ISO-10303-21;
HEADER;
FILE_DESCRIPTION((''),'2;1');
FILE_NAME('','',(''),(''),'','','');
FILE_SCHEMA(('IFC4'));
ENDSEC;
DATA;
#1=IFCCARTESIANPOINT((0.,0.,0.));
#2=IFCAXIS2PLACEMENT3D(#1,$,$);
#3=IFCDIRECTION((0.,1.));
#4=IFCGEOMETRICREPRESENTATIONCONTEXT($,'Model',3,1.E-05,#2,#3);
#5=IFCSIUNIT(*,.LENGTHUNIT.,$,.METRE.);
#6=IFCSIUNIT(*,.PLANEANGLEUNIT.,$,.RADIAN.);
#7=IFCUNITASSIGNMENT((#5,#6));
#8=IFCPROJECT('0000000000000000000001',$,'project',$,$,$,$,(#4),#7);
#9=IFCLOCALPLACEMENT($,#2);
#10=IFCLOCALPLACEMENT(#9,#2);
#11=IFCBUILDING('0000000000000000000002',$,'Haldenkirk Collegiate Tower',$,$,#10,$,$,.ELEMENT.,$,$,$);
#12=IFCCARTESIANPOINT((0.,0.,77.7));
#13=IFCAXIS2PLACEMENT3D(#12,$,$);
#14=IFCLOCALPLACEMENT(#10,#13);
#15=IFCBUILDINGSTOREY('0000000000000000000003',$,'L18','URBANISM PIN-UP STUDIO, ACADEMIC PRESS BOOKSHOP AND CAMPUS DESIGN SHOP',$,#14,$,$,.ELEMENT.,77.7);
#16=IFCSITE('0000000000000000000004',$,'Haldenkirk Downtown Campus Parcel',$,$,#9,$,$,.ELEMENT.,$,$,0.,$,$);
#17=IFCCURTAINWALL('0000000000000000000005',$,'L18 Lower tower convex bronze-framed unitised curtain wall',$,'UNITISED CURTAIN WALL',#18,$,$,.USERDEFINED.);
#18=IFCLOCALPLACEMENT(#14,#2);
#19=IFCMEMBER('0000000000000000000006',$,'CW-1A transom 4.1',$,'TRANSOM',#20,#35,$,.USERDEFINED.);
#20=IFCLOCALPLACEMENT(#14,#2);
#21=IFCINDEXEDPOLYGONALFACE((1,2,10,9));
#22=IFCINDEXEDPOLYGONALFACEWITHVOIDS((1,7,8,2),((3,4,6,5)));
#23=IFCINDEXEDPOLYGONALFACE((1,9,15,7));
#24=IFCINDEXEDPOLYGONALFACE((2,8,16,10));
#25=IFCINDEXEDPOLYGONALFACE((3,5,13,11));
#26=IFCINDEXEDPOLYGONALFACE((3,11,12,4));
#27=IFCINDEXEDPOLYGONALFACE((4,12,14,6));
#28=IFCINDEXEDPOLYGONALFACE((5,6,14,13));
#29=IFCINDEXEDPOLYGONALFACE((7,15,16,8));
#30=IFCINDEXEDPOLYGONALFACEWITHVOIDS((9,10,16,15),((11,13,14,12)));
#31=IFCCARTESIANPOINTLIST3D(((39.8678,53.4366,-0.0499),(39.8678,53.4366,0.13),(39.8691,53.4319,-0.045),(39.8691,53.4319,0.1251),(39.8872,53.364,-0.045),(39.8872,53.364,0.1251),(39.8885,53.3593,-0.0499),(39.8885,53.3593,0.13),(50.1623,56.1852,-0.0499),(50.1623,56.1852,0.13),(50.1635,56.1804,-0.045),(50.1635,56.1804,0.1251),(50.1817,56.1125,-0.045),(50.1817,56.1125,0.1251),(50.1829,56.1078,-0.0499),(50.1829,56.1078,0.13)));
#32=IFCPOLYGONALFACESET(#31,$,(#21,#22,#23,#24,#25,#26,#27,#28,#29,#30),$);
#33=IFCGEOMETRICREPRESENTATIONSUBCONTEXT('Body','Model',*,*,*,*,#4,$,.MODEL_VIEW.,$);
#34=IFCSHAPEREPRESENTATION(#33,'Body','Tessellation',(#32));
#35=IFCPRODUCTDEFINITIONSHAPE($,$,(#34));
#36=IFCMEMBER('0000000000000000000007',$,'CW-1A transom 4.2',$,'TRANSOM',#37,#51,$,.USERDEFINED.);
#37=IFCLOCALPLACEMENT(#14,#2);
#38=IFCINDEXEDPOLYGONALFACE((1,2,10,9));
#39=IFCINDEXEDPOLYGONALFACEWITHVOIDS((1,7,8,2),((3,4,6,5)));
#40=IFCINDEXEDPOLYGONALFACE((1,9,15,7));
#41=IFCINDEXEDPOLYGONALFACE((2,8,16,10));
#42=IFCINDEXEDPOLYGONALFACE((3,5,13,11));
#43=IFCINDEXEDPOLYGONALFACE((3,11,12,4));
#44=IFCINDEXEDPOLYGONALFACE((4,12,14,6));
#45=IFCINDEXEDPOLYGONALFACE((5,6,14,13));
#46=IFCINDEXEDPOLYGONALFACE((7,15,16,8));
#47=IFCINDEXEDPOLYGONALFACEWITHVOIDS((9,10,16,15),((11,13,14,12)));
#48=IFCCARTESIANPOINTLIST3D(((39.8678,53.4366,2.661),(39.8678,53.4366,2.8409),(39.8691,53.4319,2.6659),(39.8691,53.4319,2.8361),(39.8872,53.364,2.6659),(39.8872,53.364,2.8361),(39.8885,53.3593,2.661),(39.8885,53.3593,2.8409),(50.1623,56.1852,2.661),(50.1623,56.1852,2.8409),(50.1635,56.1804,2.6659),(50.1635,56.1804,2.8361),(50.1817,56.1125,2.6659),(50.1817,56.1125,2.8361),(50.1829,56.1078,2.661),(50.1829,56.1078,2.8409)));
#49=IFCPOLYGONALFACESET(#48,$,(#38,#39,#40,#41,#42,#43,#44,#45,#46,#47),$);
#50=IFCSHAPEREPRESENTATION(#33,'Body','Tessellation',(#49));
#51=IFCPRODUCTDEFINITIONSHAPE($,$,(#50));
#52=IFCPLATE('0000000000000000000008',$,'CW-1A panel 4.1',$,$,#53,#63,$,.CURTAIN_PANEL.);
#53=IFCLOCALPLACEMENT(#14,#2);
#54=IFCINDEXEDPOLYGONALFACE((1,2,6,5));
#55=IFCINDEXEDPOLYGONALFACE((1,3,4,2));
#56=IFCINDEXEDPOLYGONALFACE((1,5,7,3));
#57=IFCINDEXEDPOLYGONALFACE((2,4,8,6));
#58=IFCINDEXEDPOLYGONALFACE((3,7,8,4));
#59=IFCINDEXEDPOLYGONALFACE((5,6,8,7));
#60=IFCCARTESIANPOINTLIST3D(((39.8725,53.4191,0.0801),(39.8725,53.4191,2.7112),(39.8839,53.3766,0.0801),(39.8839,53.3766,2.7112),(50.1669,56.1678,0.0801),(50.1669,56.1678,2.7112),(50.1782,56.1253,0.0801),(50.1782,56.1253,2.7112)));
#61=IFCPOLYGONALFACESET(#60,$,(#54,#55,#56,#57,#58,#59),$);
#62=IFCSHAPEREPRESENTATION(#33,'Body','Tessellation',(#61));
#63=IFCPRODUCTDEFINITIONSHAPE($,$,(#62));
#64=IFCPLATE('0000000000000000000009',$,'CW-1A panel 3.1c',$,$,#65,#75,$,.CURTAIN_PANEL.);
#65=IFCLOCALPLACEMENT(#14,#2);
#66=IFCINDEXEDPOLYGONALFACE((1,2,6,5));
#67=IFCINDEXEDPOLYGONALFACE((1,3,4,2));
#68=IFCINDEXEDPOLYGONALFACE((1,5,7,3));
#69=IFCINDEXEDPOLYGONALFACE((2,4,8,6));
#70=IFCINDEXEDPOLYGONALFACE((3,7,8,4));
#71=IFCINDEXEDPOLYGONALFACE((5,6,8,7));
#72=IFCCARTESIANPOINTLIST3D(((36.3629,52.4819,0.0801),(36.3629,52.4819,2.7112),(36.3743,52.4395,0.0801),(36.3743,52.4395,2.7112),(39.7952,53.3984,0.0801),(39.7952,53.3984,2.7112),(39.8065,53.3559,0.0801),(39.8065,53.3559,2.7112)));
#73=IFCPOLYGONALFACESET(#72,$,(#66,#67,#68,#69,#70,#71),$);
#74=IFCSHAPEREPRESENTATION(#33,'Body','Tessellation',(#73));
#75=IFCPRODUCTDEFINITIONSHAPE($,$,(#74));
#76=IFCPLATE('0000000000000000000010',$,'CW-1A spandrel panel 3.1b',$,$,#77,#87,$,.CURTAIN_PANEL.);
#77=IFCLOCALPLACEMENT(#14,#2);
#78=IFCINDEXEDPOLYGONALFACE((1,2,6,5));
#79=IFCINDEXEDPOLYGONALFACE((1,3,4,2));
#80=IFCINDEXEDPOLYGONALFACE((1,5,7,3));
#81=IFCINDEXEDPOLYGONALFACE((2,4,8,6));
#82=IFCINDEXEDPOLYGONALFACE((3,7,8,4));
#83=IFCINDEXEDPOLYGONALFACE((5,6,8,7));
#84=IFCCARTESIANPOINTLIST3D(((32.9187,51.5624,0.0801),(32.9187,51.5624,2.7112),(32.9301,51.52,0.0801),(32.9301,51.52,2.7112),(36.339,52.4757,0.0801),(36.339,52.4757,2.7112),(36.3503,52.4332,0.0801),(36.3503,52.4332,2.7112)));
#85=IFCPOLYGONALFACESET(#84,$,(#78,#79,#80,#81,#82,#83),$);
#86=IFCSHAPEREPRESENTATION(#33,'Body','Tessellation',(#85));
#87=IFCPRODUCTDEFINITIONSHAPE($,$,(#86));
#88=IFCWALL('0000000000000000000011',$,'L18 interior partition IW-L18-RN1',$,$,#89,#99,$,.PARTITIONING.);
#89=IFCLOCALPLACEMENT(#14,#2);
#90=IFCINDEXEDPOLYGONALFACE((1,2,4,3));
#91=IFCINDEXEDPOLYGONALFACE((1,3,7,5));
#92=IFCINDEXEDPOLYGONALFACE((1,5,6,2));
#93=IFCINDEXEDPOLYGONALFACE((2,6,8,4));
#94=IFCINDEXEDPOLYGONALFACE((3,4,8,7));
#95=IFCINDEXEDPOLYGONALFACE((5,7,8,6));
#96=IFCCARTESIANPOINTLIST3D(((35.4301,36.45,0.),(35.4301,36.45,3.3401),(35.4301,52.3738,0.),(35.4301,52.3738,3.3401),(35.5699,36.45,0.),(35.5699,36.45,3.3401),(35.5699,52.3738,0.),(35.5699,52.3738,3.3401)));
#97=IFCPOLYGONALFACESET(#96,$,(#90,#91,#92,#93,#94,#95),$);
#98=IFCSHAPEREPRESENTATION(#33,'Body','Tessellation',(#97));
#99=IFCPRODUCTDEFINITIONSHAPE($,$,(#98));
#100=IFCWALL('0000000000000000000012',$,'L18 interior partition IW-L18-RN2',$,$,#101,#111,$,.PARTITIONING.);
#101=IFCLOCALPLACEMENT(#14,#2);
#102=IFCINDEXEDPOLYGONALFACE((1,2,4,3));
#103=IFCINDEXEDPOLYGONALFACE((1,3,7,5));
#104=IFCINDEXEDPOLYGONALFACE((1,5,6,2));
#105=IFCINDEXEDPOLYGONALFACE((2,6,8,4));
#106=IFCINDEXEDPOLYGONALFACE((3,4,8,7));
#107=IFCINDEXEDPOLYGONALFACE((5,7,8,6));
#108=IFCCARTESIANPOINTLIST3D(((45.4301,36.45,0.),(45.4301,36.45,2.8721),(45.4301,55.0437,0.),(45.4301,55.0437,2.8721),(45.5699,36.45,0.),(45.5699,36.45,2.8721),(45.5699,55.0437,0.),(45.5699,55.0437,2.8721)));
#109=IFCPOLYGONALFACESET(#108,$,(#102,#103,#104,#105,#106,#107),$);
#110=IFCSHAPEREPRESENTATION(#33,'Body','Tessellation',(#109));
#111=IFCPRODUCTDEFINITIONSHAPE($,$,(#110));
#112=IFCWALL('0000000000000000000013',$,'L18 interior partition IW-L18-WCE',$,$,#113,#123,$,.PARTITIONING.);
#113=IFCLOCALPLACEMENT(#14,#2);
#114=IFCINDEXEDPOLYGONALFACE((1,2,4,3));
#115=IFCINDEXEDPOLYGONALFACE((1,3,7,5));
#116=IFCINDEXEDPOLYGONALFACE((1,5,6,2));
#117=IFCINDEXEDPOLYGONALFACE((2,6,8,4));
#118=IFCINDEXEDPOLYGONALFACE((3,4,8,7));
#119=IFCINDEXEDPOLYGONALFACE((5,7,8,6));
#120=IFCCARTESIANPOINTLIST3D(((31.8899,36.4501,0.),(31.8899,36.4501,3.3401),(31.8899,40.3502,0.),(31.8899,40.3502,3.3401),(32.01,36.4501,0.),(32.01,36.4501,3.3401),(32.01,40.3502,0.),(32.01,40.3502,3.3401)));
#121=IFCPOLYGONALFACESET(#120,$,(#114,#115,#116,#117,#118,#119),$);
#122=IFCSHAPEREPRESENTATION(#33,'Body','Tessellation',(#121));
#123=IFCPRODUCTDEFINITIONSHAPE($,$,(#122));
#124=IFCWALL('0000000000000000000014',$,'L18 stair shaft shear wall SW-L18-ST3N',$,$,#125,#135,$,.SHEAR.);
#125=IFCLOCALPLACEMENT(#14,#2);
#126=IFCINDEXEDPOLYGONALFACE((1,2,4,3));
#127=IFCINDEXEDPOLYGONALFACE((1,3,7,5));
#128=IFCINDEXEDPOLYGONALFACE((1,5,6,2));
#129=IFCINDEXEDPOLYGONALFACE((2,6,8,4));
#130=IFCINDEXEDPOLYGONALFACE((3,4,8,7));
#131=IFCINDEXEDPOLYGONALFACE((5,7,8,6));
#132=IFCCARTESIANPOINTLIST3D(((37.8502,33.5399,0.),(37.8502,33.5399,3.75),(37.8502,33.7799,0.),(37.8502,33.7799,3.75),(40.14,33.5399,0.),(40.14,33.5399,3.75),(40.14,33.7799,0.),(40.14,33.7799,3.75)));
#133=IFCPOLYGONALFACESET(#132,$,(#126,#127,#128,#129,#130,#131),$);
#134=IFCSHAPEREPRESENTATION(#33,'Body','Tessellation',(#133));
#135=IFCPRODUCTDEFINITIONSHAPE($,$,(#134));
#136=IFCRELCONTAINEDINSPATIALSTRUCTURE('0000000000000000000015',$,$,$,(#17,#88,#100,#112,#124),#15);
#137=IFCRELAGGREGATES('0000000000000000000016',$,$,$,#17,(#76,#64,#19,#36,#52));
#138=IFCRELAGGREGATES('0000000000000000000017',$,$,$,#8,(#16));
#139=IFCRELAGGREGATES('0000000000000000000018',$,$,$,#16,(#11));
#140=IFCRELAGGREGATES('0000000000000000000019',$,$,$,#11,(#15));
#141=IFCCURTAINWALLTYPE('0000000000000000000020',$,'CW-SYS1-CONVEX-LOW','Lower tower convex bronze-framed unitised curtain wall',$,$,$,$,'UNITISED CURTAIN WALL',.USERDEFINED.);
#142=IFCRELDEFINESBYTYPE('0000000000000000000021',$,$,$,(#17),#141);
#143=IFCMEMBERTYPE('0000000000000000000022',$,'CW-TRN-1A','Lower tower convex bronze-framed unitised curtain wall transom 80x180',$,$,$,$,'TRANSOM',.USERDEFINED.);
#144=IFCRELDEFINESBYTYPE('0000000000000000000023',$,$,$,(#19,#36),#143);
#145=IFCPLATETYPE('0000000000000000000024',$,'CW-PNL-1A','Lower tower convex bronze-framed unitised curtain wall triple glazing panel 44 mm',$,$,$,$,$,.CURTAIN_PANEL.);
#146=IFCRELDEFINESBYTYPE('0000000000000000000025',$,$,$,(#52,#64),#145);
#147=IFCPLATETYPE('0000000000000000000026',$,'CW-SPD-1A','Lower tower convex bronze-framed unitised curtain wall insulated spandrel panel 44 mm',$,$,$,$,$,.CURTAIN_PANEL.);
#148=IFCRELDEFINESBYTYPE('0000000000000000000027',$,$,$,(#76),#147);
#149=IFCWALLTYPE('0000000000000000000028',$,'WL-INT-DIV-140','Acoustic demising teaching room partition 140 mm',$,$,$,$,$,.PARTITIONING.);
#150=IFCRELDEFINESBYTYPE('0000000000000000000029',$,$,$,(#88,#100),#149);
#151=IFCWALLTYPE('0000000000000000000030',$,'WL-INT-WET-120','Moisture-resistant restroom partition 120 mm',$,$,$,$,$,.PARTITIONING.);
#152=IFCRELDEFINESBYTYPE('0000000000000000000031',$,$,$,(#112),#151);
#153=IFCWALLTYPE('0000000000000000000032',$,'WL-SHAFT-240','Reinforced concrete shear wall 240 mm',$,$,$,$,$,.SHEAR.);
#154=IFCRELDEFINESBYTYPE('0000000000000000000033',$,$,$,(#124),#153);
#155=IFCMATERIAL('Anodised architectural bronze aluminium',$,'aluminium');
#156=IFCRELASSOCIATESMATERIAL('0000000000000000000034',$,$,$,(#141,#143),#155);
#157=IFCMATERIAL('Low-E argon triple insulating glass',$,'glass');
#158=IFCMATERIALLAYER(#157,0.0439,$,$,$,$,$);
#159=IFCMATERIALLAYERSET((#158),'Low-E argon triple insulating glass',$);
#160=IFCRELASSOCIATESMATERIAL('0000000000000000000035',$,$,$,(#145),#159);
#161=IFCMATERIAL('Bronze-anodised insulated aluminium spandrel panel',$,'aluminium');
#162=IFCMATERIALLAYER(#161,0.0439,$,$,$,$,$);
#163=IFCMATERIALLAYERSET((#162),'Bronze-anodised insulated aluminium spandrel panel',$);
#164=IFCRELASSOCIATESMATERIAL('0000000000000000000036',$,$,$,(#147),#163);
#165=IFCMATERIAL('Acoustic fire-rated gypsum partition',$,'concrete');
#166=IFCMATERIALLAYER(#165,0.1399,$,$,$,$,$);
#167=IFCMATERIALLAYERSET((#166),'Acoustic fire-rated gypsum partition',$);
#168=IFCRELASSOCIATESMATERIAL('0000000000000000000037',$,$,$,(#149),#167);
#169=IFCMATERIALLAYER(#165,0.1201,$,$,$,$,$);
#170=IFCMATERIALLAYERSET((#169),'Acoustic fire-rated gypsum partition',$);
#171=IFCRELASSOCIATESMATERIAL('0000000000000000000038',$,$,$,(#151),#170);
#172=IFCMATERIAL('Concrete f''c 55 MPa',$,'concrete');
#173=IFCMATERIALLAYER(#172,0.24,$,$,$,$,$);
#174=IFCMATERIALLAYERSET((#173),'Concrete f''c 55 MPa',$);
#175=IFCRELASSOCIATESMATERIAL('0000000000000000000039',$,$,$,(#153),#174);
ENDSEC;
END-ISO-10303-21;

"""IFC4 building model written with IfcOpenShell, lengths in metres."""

from ifc_helpers import new_model, si_unit, direction, frame, frame_2d, origin, origin_2d, place, context, subcontext, project, spatial, rectangle, hollow_rectangle, extrude, source, transform, mapped, material, layer, layer_set, material_profile, profile_set, type_object, element, aggregate, save


model = new_model("IFC4")

# Units and contexts
model_context = context("Model", 3, precision=1e-05, world=origin(), true_north=direction((0.0, 1.0)))
body_context = subcontext(model_context, "Body", "Model", "MODEL_VIEW")
ifc_project = project(units=[si_unit("LENGTHUNIT", "METRE"), si_unit("PLANEANGLEUNIT", "RADIAN")], contexts=[model_context])

# Site, building, storey
site_placement = place(None, origin())
site = spatial("IfcSite", under=ifc_project, at=site_placement, Name="Haldenkirk Downtown Campus Parcel", CompositionType="ELEMENT", RefElevation=0.0)
building_placement = place(site_placement, origin())
building = spatial("IfcBuilding", under=site, at=building_placement, Name="Haldenkirk Collegiate Tower", CompositionType="ELEMENT")
storey_placement = place(building_placement, frame((0.0, 0.0, 77.7)))
storey = spatial("IfcBuildingStorey", under=building, at=storey_placement, Name="L18", Description="URBANISM PIN-UP STUDIO, ACADEMIC PRESS BOOKSHOP AND CAMPUS DESIGN SHOP", CompositionType="ELEMENT", Elevation=77.7)

# Curtain wall, members, plates
ifc_material_1 = material(Name="Anodised architectural bronze aluminium", Category="aluminium")
curtain_wall_type = type_object("IfcCurtainWallType", Name="CW-SYS1-CONVEX-LOW", Description="Lower tower convex bronze-framed unitised curtain wall", ElementType="UNITISED CURTAIN WALL", PredefinedType="USERDEFINED", material=ifc_material_1)
curtain_wall_placement = place(storey_placement, origin())
curtain_wall = element("IfcCurtainWall", 1, at=curtain_wall_placement, inside=storey, type_object=curtain_wall_type, Name="L18 Lower tower convex bronze-framed unitised curtain wall", ObjectType="UNITISED CURTAIN WALL", PredefinedType="USERDEFINED")
ifc_material_profile_1 = material_profile(ifc_material_1, hollow_rectangle(XDim=0.0801, YDim=0.1799, WallThickness=0.0049, at=origin_2d()), Name="CW-TRN-1A")
ifc_profile_set_1 = profile_set([ifc_material_profile_1], Name="Anodised architectural bronze aluminium")
member_type_1 = type_object("IfcMemberType", Name="CW-TRN-1A", Description="Lower tower convex bronze-framed unitised curtain wall transom 80x180", ElementType="TRANSOM", PredefinedType="USERDEFINED", material=ifc_profile_set_1)
member_1_placement = place(storey_placement, frame((39.8782, 53.3979, 0.04), z_axis=(0.966157, 0.257956, 0.0), x_axis=(-0.257956, 0.966157, 0.0)))
member_1 = element("IfcMember", 2, at=member_1_placement, type_object=member_type_1, Name="CW-1A transom 4.1", ObjectType="TRANSOM", PredefinedType="USERDEFINED", context=body_context, shape_type="SweptSolid", body=[
    extrude(hollow_rectangle(XDim=0.0801, YDim=0.1799, WallThickness=0.0049, at=origin_2d()), origin(), (0.0, 0.0, 1.0), 10.655),
])
member_2_placement = place(storey_placement, frame((39.8782, 53.3979, 2.751), z_axis=(0.966157, 0.257956, 0.0), x_axis=(-0.257956, 0.966157, 0.0)))
member_2 = element("IfcMember", 3, at=member_2_placement, type_object=member_type_1, Name="CW-1A transom 4.2", ObjectType="TRANSOM", PredefinedType="USERDEFINED", context=body_context, shape_type="SweptSolid", body=[
    extrude(hollow_rectangle(XDim=0.0801, YDim=0.1799, WallThickness=0.0049, at=origin_2d()), origin(), (0.0, 0.0, 1.0), 10.655),
])
ifc_material_2 = material(Name="Low-E argon triple insulating glass", Category="glass")
ifc_layer_1 = layer(ifc_material_2, 0.0439)
ifc_layer_set_1 = layer_set([ifc_layer_1], Name="Low-E argon triple insulating glass")
plate_type_1 = type_object("IfcPlateType", Name="CW-PNL-1A", Description="Lower tower convex bronze-framed unitised curtain wall triple glazing panel 44 mm", PredefinedType="CURTAIN_PANEL", material=ifc_layer_set_1)
shared_shape_1 = source(origin(), body_context, "Body", "SweptSolid", [
    extrude(rectangle(XDim=10.655, YDim=0.0439, at=origin_2d()), origin(), (0.0, 0.0, 1.0), 2.6311),
])
plate_1_placement = place(storey_placement, frame((45.0254, 54.7722, 0.0801), z_axis=(0.0, 0.0, 1.0), x_axis=(0.966152, 0.257974, 0.0)))
plate_1 = element("IfcPlate", 4, at=plate_1_placement, type_object=plate_type_1, Name="CW-1A panel 4.1", PredefinedType="CURTAIN_PANEL", context=body_context, shape_type="MappedRepresentation", body=[
    mapped(shared_shape_1, transform((0.0, 0.0, 0.0), x_axis=(1.0, 0.0, 0.0), y_axis=(0.0, 1.0, 0.0), z_axis=(0.0, 0.0, 1.0), scale=1.0)),
])
shared_shape_2 = source(origin(), body_context, "Body", "SweptSolid", [
    extrude(rectangle(XDim=3.5525, YDim=0.0439, at=origin_2d()), origin(), (0.0, 0.0, 1.0), 2.6311),
])
plate_2_placement = place(storey_placement, frame((38.0847, 52.9189, 0.0801), z_axis=(0.0, 0.0, 1.0), x_axis=(0.966152, 0.257974, 0.0)))
plate_2 = element("IfcPlate", 5, at=plate_2_placement, type_object=plate_type_1, Name="CW-1A panel 3.1c", PredefinedType="CURTAIN_PANEL", context=body_context, shape_type="MappedRepresentation", body=[
    mapped(shared_shape_2, transform((0.0, 0.0, 0.0), x_axis=(1.0, 0.0, 0.0), y_axis=(0.0, 1.0, 0.0), z_axis=(0.0, 0.0, 1.0), scale=1.0)),
])
ifc_material_3 = material(Name="Bronze-anodised insulated aluminium spandrel panel", Category="aluminium")
ifc_layer_2 = layer(ifc_material_3, 0.0439)
ifc_layer_set_2 = layer_set([ifc_layer_2], Name="Bronze-anodised insulated aluminium spandrel panel")
plate_type_2 = type_object("IfcPlateType", Name="CW-SPD-1A", Description="Lower tower convex bronze-framed unitised curtain wall insulated spandrel panel 44 mm", PredefinedType="CURTAIN_PANEL", material=ifc_layer_set_2)
shared_shape_3 = source(origin(), body_context, "Body", "SweptSolid", [
    extrude(rectangle(XDim=3.54, YDim=0.0439, at=origin_2d()), origin(), (0.0, 0.0, 1.0), 2.6311),
])
plate_3_placement = place(storey_placement, frame((34.6345, 51.9978, 0.0801), z_axis=(0.0, 0.0, 1.0), x_axis=(0.966152, 0.257974, 0.0)))
plate_3 = element("IfcPlate", 6, at=plate_3_placement, type_object=plate_type_2, Name="CW-1A spandrel panel 3.1b", PredefinedType="CURTAIN_PANEL", context=body_context, shape_type="MappedRepresentation", body=[
    mapped(shared_shape_3, transform((0.0, 0.0, 0.0), x_axis=(1.0, 0.0, 0.0), y_axis=(0.0, 1.0, 0.0), z_axis=(0.0, 0.0, 1.0), scale=1.0)),
])
aggregate(curtain_wall, [plate_3, plate_2, member_1, member_2, plate_1])

# Walls
ifc_material_4 = material(Name="Acoustic fire-rated gypsum partition", Category="concrete")
ifc_layer_3 = layer(ifc_material_4, 0.1399)
ifc_layer_set_3 = layer_set([ifc_layer_3], Name="Acoustic fire-rated gypsum partition")
wall_type_1 = type_object("IfcWallType", Name="WL-INT-DIV-140", Description="Acoustic demising teaching room partition 140 mm", PredefinedType="PARTITIONING", material=ifc_layer_set_3)
wall_1_placement = place(storey_placement, frame((35.5, 36.45, 0.0), z_axis=(0.0, 0.0, 1.0), x_axis=(0.0, 1.0, 0.0)))
element("IfcWall", 7, at=wall_1_placement, inside=storey, type_object=wall_type_1, Name="L18 interior partition IW-L18-RN1", PredefinedType="PARTITIONING", context=body_context, shape_type="SweptSolid", body=[
    extrude(rectangle(XDim=15.9238, YDim=0.1399, at=frame_2d((7.9619, 0.0))), origin(), (0.0, 0.0, 1.0), 3.3401),
])
wall_2_placement = place(storey_placement, frame((45.5, 36.45, 0.0), z_axis=(0.0, 0.0, 1.0), x_axis=(0.0, 1.0, 0.0)))
element("IfcWall", 8, at=wall_2_placement, inside=storey, type_object=wall_type_1, Name="L18 interior partition IW-L18-RN2", PredefinedType="PARTITIONING", context=body_context, shape_type="SweptSolid", body=[
    extrude(rectangle(XDim=18.5938, YDim=0.1399, at=frame_2d((9.2969, 0.0))), origin(), (0.0, 0.0, 1.0), 2.8721),
])
ifc_layer_4 = layer(ifc_material_4, 0.1201)
ifc_layer_set_4 = layer_set([ifc_layer_4], Name="Acoustic fire-rated gypsum partition")
wall_type_2 = type_object("IfcWallType", Name="WL-INT-WET-120", Description="Moisture-resistant restroom partition 120 mm", PredefinedType="PARTITIONING", material=ifc_layer_set_4)
wall_3_placement = place(storey_placement, frame((31.95, 36.45, 0.0), z_axis=(0.0, 0.0, 1.0), x_axis=(0.0, 1.0, 0.0)))
element("IfcWall", 9, at=wall_3_placement, inside=storey, type_object=wall_type_2, Name="L18 interior partition IW-L18-WCE", PredefinedType="PARTITIONING", context=body_context, shape_type="SweptSolid", body=[
    extrude(rectangle(XDim=3.9001, YDim=0.1201, at=frame_2d((1.9502, 0.0))), origin(), (0.0, 0.0, 1.0), 3.3401),
])
ifc_material_5 = material(Name="Concrete f'c 55 MPa", Category="concrete")
ifc_layer_5 = layer(ifc_material_5, 0.24)
ifc_layer_set_5 = layer_set([ifc_layer_5], Name="Concrete f'c 55 MPa")
wall_type_3 = type_object("IfcWallType", Name="WL-SHAFT-240", Description="Reinforced concrete shear wall 240 mm", PredefinedType="SHEAR", material=ifc_layer_set_5)
wall_4_placement = place(storey_placement, frame((37.8501, 33.6599, 0.0), z_axis=(0.0, 0.0, 1.0), x_axis=(1.0, 0.0, 0.0)))
element("IfcWall", 10, at=wall_4_placement, inside=storey, type_object=wall_type_3, Name="L18 stair shaft shear wall SW-L18-ST3N", PredefinedType="SHEAR", context=body_context, shape_type="SweptSolid", body=[
    extrude(rectangle(XDim=2.2898, YDim=0.24, at=frame_2d((1.145, 0.0))), origin(), (0.0, 0.0, 1.0), 3.75),
])

save(model, "model.ifc")
